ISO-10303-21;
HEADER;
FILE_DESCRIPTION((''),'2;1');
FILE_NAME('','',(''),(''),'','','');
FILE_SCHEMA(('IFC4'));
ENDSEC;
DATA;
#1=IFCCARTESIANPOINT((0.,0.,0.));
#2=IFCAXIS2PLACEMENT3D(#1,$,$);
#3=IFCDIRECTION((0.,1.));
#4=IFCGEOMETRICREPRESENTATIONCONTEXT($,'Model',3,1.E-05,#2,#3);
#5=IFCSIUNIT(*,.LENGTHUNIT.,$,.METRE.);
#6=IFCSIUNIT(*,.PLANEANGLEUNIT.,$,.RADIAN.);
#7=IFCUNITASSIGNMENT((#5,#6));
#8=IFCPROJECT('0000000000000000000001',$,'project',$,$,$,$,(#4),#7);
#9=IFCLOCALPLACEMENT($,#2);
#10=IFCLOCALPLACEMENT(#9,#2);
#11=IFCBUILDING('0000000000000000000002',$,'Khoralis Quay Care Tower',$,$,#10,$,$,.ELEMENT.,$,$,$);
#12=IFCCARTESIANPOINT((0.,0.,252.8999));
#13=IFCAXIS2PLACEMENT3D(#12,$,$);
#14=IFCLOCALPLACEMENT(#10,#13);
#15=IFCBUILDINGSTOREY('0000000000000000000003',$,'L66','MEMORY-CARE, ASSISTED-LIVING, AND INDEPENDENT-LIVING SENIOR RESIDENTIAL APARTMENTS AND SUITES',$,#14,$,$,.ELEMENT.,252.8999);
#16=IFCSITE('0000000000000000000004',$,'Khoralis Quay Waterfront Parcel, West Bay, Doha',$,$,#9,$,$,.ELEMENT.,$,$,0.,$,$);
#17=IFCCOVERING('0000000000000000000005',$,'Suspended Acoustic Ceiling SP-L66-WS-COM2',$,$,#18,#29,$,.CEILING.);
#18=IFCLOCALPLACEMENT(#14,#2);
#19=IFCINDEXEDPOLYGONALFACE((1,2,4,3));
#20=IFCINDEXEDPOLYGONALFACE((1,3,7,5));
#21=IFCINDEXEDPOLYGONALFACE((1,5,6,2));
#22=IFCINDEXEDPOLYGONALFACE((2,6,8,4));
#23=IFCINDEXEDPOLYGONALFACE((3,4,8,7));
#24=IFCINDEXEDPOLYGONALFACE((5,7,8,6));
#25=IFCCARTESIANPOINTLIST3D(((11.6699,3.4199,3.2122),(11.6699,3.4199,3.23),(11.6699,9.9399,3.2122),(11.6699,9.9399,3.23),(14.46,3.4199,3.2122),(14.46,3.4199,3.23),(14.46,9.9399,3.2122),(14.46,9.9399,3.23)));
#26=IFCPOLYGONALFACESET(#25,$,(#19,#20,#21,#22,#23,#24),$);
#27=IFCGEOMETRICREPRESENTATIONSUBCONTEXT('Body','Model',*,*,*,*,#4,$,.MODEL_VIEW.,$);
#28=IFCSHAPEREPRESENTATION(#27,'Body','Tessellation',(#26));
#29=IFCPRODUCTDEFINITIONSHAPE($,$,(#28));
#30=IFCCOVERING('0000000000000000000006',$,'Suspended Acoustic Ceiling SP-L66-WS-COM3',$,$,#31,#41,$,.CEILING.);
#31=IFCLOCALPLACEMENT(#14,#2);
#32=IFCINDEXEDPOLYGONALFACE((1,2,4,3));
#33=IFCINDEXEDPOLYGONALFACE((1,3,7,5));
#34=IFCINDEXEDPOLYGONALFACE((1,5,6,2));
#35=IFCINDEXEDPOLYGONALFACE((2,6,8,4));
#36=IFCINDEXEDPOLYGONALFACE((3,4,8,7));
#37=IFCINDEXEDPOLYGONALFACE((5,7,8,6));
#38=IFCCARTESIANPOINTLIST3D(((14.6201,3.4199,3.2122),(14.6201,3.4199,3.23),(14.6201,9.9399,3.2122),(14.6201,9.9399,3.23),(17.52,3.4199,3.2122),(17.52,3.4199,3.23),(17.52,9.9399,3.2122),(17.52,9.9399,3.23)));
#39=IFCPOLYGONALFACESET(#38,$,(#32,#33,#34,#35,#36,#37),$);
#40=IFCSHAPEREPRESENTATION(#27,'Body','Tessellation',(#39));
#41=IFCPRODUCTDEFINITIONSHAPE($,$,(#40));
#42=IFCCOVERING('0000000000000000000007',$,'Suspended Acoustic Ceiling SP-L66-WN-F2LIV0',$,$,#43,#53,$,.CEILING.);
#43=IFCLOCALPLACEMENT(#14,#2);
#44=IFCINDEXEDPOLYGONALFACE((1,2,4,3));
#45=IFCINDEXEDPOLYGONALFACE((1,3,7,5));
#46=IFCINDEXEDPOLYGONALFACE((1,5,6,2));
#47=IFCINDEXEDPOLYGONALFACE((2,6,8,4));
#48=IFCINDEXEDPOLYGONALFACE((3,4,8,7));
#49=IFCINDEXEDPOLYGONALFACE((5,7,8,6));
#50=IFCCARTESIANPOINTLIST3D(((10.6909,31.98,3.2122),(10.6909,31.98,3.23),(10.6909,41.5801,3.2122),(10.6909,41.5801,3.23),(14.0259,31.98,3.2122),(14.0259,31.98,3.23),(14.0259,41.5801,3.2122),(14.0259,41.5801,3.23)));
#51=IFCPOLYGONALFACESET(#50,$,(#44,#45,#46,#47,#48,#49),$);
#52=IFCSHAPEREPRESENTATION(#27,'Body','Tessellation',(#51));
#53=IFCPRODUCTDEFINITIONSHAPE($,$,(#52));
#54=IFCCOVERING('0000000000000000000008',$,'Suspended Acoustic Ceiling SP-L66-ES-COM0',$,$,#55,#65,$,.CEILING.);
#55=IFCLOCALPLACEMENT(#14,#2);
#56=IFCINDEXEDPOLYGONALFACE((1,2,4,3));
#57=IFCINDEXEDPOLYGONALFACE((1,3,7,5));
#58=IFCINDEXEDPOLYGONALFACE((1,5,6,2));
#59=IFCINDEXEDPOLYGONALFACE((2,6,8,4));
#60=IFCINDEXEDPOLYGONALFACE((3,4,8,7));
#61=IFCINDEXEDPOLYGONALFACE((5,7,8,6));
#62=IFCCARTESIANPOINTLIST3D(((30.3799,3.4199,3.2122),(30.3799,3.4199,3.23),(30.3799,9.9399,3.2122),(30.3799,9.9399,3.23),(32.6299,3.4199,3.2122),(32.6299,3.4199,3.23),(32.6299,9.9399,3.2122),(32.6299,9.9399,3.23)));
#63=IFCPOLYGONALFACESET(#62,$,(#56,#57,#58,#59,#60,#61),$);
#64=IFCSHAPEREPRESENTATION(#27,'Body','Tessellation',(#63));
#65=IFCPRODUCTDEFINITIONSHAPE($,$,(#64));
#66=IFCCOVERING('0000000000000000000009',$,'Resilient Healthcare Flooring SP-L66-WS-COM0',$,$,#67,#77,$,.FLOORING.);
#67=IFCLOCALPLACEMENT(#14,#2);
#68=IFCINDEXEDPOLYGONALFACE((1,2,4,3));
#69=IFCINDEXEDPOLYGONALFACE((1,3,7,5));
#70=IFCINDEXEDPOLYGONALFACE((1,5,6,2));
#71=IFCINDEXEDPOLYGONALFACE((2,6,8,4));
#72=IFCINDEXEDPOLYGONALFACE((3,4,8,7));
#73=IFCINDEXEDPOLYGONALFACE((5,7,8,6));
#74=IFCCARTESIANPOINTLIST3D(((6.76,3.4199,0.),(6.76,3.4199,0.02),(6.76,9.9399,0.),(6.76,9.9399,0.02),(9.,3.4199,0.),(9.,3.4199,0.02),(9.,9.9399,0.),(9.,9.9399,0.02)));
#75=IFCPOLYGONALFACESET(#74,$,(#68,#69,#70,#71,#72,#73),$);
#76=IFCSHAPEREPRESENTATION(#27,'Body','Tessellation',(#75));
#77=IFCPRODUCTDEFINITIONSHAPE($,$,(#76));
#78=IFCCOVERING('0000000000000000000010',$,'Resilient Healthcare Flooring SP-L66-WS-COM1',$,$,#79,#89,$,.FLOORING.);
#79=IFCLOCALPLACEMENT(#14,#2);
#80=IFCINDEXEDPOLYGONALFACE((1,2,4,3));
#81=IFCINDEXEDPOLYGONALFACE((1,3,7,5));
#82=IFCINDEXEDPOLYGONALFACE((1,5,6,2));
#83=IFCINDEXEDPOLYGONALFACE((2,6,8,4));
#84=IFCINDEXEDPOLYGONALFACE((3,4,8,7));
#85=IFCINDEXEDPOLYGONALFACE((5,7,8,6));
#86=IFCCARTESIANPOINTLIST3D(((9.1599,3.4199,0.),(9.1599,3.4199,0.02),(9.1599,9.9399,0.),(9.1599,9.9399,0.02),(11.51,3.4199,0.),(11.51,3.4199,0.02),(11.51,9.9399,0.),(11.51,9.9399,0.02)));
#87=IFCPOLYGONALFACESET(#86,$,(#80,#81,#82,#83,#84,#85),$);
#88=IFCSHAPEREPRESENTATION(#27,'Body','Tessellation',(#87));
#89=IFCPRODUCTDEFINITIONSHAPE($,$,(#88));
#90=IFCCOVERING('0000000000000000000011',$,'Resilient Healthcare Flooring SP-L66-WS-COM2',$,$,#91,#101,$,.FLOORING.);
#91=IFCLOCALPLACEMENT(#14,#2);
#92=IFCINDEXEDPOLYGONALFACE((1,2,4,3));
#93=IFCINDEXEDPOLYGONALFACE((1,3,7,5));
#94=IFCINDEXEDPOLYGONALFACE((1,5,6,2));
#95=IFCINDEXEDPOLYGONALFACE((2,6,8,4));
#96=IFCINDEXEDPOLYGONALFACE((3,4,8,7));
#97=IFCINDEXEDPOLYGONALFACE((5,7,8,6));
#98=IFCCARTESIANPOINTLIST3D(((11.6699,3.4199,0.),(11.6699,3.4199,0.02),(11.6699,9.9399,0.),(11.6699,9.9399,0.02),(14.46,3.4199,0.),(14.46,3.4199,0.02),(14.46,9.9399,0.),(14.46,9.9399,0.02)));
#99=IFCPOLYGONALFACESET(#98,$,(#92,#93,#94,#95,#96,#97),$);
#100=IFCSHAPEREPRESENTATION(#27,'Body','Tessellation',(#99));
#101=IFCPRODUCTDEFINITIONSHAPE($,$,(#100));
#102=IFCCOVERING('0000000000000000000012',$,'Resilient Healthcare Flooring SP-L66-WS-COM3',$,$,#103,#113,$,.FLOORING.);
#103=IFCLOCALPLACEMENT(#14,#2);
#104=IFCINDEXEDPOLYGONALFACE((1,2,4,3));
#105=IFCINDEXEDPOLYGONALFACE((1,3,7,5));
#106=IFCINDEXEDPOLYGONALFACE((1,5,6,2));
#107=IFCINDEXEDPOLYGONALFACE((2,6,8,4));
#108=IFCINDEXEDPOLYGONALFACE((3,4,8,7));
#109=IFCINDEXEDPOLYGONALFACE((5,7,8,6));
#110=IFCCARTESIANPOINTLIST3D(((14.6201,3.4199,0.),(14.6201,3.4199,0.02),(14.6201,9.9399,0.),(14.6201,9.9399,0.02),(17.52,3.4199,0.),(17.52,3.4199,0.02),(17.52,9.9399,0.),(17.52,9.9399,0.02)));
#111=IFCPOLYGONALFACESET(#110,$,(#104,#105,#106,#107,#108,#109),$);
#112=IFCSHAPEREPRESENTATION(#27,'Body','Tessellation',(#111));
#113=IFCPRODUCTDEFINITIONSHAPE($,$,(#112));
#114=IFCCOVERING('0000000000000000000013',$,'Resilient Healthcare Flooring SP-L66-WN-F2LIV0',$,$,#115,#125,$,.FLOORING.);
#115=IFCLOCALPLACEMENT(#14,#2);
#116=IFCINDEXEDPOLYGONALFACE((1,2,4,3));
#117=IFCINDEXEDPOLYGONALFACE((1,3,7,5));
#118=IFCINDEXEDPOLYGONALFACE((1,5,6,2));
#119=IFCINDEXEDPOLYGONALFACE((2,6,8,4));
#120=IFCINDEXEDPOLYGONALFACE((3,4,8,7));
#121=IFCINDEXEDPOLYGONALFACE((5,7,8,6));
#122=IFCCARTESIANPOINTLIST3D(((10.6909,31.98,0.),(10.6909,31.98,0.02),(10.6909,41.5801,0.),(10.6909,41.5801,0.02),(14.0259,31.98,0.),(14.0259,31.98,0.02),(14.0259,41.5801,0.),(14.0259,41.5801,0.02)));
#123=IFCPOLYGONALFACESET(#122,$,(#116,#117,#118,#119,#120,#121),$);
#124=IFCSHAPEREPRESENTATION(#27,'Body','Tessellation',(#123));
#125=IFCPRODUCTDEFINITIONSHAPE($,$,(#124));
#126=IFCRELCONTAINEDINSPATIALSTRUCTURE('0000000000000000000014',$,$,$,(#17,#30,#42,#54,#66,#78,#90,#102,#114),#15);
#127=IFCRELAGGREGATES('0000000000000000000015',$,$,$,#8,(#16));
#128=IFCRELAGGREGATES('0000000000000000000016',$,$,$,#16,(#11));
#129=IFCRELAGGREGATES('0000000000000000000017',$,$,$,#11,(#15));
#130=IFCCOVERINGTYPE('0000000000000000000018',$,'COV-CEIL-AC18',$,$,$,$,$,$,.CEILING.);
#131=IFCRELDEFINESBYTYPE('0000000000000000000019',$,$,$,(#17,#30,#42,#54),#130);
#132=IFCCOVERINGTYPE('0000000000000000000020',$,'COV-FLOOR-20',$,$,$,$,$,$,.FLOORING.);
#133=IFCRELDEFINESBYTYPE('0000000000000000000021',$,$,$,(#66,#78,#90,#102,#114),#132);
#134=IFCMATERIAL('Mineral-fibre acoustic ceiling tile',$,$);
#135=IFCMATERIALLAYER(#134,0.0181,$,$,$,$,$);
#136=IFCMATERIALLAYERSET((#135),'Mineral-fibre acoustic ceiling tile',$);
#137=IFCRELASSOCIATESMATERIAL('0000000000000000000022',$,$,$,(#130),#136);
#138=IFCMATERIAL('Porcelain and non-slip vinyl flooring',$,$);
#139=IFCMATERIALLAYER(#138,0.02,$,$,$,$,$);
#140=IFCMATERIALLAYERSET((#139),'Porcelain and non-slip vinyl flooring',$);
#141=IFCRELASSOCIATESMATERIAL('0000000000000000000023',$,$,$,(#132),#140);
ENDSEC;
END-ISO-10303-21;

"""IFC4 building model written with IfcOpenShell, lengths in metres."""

from ifc_helpers import new_model, si_unit, direction, frame, origin, place, context, subcontext, project, spatial, polyline, outline, extrude, material, layer, layer_set, type_object, element, save


model = new_model("IFC4")

# Units and contexts
model_context = context("Model", 3, precision=1e-05, world=origin(), true_north=direction((0.0, 1.0)))
body_context = subcontext(model_context, "Body", "Model", "MODEL_VIEW")
ifc_project = project(units=[si_unit("LENGTHUNIT", "METRE"), si_unit("PLANEANGLEUNIT", "RADIAN")], contexts=[model_context])

# Site, building, storey
site_placement = place(None, origin())
site = spatial("IfcSite", under=ifc_project, at=site_placement, Name="Khoralis Quay Waterfront Parcel, West Bay, Doha", CompositionType="ELEMENT", RefElevation=0.0)
building_placement = place(site_placement, origin())
building = spatial("IfcBuilding", under=site, at=building_placement, Name="Khoralis Quay Care Tower", CompositionType="ELEMENT")
storey_placement = place(building_placement, frame((0.0, 0.0, 252.8999)))
storey = spatial("IfcBuildingStorey", under=building, at=storey_placement, Name="L66", Description="MEMORY-CARE, ASSISTED-LIVING, AND INDEPENDENT-LIVING SENIOR RESIDENTIAL APARTMENTS AND SUITES", CompositionType="ELEMENT", Elevation=252.8999)

# Coverings
ifc_material_1 = material(Name="Mineral-fibre acoustic ceiling tile")
ifc_layer_1 = layer(ifc_material_1, 0.0181)
ifc_layer_set_1 = layer_set([ifc_layer_1], Name="Mineral-fibre acoustic ceiling tile")
covering_type_1 = type_object("IfcCoveringType", Name="COV-CEIL-AC18", PredefinedType="CEILING", material=ifc_layer_set_1)
covering_1_placement = place(storey_placement, frame((0.0, 0.0, 3.2122)))
element("IfcCovering", 1, at=covering_1_placement, inside=storey, type_object=covering_type_1, Name="Suspended Acoustic Ceiling SP-L66-WS-COM2", PredefinedType="CEILING", context=body_context, shape_type="SweptSolid", body=[
    extrude(outline(polyline([(11.6699, 3.4199), (14.46, 3.4199), (14.46, 9.9399), (11.6699, 9.9399), (11.6699, 3.4199)])), origin(), (0.0, 0.0, 1.0), 0.0178),
])
covering_2_placement = place(storey_placement, frame((0.0, 0.0, 3.2122)))
element("IfcCovering", 2, at=covering_2_placement, inside=storey, type_object=covering_type_1, Name="Suspended Acoustic Ceiling SP-L66-WS-COM3", PredefinedType="CEILING", context=body_context, shape_type="SweptSolid", body=[
    extrude(outline(polyline([(14.6201, 3.4199), (17.52, 3.4199), (17.52, 9.9399), (14.6201, 9.9399), (14.6201, 3.4199)])), origin(), (0.0, 0.0, 1.0), 0.0178),
])
covering_3_placement = place(storey_placement, frame((0.0, 0.0, 3.2122)))
element("IfcCovering", 3, at=covering_3_placement, inside=storey, type_object=covering_type_1, Name="Suspended Acoustic Ceiling SP-L66-WN-F2LIV0", PredefinedType="CEILING", context=body_context, shape_type="SweptSolid", body=[
    extrude(outline(polyline([(10.6909, 31.98), (14.0259, 31.98), (14.0259, 41.5801), (10.6909, 41.5801), (10.6909, 31.98)])), origin(), (0.0, 0.0, 1.0), 0.0178),
])
covering_4_placement = place(storey_placement, frame((0.0, 0.0, 3.2122)))
element("IfcCovering", 4, at=covering_4_placement, inside=storey, type_object=covering_type_1, Name="Suspended Acoustic Ceiling SP-L66-ES-COM0", PredefinedType="CEILING", context=body_context, shape_type="SweptSolid", body=[
    extrude(outline(polyline([(30.3799, 3.4199), (32.6299, 3.4199), (32.6299, 9.9399), (30.3799, 9.9399), (30.3799, 3.4199)])), origin(), (0.0, 0.0, 1.0), 0.0178),
])
ifc_material_2 = material(Name="Porcelain and non-slip vinyl flooring")
ifc_layer_2 = layer(ifc_material_2, 0.02)
ifc_layer_set_2 = layer_set([ifc_layer_2], Name="Porcelain and non-slip vinyl flooring")
covering_type_2 = type_object("IfcCoveringType", Name="COV-FLOOR-20", PredefinedType="FLOORING", material=ifc_layer_set_2)
covering_5_placement = place(storey_placement, origin())
element("IfcCovering", 5, at=covering_5_placement, inside=storey, type_object=covering_type_2, Name="Resilient Healthcare Flooring SP-L66-WS-COM0", PredefinedType="FLOORING", context=body_context, shape_type="SweptSolid", body=[
    extrude(outline(polyline([(6.76, 3.4199), (9.0, 3.4199), (9.0, 9.9399), (6.76, 9.9399), (6.76, 3.4199)])), origin(), (0.0, 0.0, 1.0), 0.02),
])
covering_6_placement = place(storey_placement, origin())
element("IfcCovering", 6, at=covering_6_placement, inside=storey, type_object=covering_type_2, Name="Resilient Healthcare Flooring SP-L66-WS-COM1", PredefinedType="FLOORING", context=body_context, shape_type="SweptSolid", body=[
    extrude(outline(polyline([(9.1599, 3.4199), (11.51, 3.4199), (11.51, 9.9399), (9.1599, 9.9399), (9.1599, 3.4199)])), origin(), (0.0, 0.0, 1.0), 0.02),
])
covering_7_placement = place(storey_placement, origin())
element("IfcCovering", 7, at=covering_7_placement, inside=storey, type_object=covering_type_2, Name="Resilient Healthcare Flooring SP-L66-WS-COM2", PredefinedType="FLOORING", context=body_context, shape_type="SweptSolid", body=[
    extrude(outline(polyline([(11.6699, 3.4199), (14.46, 3.4199), (14.46, 9.9399), (11.6699, 9.9399), (11.6699, 3.4199)])), origin(), (0.0, 0.0, 1.0), 0.02),
])
covering_8_placement = place(storey_placement, origin())
element("IfcCovering", 8, at=covering_8_placement, inside=storey, type_object=covering_type_2, Name="Resilient Healthcare Flooring SP-L66-WS-COM3", PredefinedType="FLOORING", context=body_context, shape_type="SweptSolid", body=[
    extrude(outline(polyline([(14.6201, 3.4199), (17.52, 3.4199), (17.52, 9.9399), (14.6201, 9.9399), (14.6201, 3.4199)])), origin(), (0.0, 0.0, 1.0), 0.02),
])
covering_9_placement = place(storey_placement, origin())
element("IfcCovering", 9, at=covering_9_placement, inside=storey, type_object=covering_type_2, Name="Resilient Healthcare Flooring SP-L66-WN-F2LIV0", PredefinedType="FLOORING", context=body_context, shape_type="SweptSolid", body=[
    extrude(outline(polyline([(10.6909, 31.98), (14.0259, 31.98), (14.0259, 41.5801), (10.6909, 41.5801), (10.6909, 31.98)])), origin(), (0.0, 0.0, 1.0), 0.02),
])

save(model, "model.ifc")
